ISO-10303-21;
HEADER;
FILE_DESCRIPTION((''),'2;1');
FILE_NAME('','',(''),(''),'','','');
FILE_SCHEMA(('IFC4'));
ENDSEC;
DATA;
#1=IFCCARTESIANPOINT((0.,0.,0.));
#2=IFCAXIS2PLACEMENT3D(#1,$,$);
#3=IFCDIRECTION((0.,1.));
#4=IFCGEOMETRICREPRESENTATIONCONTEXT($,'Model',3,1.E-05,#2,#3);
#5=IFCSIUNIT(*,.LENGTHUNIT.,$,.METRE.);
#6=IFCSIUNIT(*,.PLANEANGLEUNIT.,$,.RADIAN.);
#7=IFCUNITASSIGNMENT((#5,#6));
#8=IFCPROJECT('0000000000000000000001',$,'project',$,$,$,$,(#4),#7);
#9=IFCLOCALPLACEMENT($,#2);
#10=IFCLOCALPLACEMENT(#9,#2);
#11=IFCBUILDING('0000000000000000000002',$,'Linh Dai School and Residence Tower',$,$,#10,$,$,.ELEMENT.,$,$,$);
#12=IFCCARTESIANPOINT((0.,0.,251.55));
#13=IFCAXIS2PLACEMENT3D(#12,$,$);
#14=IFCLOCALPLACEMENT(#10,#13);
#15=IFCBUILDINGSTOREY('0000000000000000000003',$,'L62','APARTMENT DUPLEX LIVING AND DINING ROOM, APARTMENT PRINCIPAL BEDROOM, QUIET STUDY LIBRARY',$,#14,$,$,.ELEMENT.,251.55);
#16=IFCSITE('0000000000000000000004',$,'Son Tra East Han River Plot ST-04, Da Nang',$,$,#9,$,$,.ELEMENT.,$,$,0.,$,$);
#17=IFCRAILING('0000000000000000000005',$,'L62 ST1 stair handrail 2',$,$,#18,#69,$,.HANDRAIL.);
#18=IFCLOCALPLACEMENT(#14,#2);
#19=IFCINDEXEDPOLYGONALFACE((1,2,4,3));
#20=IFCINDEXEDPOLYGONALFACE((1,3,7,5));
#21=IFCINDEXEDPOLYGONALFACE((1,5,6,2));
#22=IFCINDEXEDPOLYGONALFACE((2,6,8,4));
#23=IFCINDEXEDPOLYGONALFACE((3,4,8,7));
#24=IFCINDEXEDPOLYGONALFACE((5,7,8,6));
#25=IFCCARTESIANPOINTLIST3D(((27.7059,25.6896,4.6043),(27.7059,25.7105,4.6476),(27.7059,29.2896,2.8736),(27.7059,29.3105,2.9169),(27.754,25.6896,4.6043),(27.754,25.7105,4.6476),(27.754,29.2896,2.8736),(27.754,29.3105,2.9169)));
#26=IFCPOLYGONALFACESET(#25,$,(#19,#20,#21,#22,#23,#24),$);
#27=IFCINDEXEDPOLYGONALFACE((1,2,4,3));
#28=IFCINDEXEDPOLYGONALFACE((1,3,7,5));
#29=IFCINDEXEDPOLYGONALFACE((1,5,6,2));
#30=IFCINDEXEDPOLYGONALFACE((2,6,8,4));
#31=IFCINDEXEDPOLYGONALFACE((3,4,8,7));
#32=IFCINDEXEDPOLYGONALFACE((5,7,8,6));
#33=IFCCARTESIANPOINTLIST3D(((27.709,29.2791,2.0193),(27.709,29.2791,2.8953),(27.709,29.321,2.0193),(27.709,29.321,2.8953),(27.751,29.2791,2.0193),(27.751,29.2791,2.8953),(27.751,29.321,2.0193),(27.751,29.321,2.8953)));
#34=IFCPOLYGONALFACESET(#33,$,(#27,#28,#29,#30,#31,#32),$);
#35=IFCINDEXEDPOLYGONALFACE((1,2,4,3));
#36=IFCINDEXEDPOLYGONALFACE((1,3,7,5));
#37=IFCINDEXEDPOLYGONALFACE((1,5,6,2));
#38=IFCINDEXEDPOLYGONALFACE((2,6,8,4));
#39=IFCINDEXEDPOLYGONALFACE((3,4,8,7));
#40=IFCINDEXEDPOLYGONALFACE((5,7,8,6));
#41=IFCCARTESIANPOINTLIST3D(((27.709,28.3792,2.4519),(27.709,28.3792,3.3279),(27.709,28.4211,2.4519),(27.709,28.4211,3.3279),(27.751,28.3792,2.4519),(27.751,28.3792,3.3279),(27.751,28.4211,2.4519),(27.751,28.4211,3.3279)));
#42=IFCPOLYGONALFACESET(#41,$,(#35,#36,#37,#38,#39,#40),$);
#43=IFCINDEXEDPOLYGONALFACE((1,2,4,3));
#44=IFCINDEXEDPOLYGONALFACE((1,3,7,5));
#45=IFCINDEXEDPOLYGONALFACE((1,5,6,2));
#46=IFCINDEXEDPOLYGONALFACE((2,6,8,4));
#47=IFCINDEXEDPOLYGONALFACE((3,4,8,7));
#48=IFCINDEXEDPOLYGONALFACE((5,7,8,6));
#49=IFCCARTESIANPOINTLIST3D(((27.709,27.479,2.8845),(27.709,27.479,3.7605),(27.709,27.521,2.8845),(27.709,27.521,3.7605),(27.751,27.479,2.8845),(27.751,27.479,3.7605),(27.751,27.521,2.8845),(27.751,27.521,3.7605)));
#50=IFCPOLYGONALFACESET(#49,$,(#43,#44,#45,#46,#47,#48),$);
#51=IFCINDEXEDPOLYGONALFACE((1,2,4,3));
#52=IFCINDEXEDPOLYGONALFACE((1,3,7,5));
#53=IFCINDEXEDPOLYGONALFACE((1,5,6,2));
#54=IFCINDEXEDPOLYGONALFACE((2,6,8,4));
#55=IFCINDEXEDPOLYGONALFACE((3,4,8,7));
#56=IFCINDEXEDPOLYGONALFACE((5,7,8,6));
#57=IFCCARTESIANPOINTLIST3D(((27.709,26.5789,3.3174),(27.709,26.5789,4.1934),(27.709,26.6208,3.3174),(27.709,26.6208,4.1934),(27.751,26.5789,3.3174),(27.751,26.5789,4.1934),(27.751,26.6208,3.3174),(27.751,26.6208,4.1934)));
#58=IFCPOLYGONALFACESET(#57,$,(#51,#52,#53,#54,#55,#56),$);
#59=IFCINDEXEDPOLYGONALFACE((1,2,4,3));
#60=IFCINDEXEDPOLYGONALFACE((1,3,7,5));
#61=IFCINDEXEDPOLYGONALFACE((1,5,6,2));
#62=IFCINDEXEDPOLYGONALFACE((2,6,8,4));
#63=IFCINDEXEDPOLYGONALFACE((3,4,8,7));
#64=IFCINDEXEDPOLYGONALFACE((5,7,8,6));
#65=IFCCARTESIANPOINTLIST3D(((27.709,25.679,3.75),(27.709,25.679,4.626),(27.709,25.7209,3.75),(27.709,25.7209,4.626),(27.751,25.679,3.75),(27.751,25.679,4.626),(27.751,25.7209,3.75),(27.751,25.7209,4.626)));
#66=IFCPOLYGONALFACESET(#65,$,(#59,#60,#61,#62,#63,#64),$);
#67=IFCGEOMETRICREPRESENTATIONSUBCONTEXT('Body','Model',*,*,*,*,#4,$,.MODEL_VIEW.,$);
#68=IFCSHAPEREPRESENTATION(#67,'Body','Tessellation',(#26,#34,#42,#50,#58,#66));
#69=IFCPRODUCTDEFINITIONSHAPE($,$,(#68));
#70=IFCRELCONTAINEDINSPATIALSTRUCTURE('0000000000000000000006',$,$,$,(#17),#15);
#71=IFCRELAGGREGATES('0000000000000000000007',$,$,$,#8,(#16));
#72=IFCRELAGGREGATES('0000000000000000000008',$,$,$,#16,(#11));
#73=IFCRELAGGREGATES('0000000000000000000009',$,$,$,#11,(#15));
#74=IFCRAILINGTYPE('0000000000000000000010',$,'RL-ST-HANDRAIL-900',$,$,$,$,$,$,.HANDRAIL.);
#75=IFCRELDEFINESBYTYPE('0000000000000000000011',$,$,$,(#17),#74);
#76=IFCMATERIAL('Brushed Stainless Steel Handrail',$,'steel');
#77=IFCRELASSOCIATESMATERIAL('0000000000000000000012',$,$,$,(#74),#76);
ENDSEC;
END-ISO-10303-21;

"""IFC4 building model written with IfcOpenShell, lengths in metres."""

from ifc_helpers import new_model, si_unit, direction, frame, origin, origin_2d, place, context, subcontext, project, spatial, rectangle, extrude, source, transform, mapped, material, type_object, element, save


model = new_model("IFC4")

# Units and contexts
model_context = context("Model", 3, precision=1e-05, world=origin(), true_north=direction((0.0, 1.0)))
body_context = subcontext(model_context, "Body", "Model", "MODEL_VIEW")
ifc_project = project(units=[si_unit("LENGTHUNIT", "METRE"), si_unit("PLANEANGLEUNIT", "RADIAN")], contexts=[model_context])

# Site, building, storey
site_placement = place(None, origin())
site = spatial("IfcSite", under=ifc_project, at=site_placement, Name="Son Tra East Han River Plot ST-04, Da Nang", CompositionType="ELEMENT", RefElevation=0.0)
building_placement = place(site_placement, origin())
building = spatial("IfcBuilding", under=site, at=building_placement, Name="Linh Dai School and Residence Tower", CompositionType="ELEMENT")
storey_placement = place(building_placement, frame((0.0, 0.0, 251.55)))
storey = spatial("IfcBuildingStorey", under=building, at=storey_placement, Name="L62", Description="APARTMENT DUPLEX LIVING AND DINING ROOM, APARTMENT PRINCIPAL BEDROOM, QUIET STUDY LIBRARY", CompositionType="ELEMENT", Elevation=251.55)

# Railing
ifc_material_1 = material(Name="Brushed Stainless Steel Handrail", Category="steel")
railing_type_1 = type_object("IfcRailingType", Name="RL-ST-HANDRAIL-900", PredefinedType="HANDRAIL", material=ifc_material_1)
shared_shape_1 = source(origin(), body_context, "Body", "SweptSolid", [
    extrude(rectangle(XDim=0.0481, YDim=0.0481, at=origin_2d()), frame((0.0, 0.0, 0.876), z_axis=(0.0, -0.901263, 0.433273), x_axis=(1.0, 0.0, 0.0)), (0.0, 0.0, 1.0), 3.9944),
    extrude(rectangle(XDim=0.042, YDim=0.042, at=origin_2d()), origin(), (0.0, 0.0, 1.0), 0.876),
    extrude(rectangle(XDim=0.042, YDim=0.042, at=origin_2d()), frame((0.0, -0.8999, 0.4326)), (0.0, 0.0, 1.0), 0.876),
    extrude(rectangle(XDim=0.042, YDim=0.042, at=origin_2d()), frame((0.0, -1.8, 0.8652)), (0.0, 0.0, 1.0), 0.876),
    extrude(rectangle(XDim=0.042, YDim=0.042, at=origin_2d()), frame((0.0, -2.7002, 1.2981)), (0.0, 0.0, 1.0), 0.876),
    extrude(rectangle(XDim=0.042, YDim=0.042, at=origin_2d()), frame((0.0, -3.6001, 1.7307)), (0.0, 0.0, 1.0), 0.876),
])
railing_1_placement = place(storey_placement, frame((27.73, 29.3, 2.0193)))
element("IfcRailing", 1, at=railing_1_placement, inside=storey, type_object=railing_type_1, Name="L62 ST1 stair handrail 2", PredefinedType="HANDRAIL", context=body_context, shape_type="MappedRepresentation", body=[
    mapped(shared_shape_1, transform((0.0, 0.0, 0.0), x_axis=(1.0, 0.0, 0.0), y_axis=(0.0, 1.0, 0.0), z_axis=(0.0, 0.0, 1.0), scale=1.0)),
])

save(model, "model.ifc")
